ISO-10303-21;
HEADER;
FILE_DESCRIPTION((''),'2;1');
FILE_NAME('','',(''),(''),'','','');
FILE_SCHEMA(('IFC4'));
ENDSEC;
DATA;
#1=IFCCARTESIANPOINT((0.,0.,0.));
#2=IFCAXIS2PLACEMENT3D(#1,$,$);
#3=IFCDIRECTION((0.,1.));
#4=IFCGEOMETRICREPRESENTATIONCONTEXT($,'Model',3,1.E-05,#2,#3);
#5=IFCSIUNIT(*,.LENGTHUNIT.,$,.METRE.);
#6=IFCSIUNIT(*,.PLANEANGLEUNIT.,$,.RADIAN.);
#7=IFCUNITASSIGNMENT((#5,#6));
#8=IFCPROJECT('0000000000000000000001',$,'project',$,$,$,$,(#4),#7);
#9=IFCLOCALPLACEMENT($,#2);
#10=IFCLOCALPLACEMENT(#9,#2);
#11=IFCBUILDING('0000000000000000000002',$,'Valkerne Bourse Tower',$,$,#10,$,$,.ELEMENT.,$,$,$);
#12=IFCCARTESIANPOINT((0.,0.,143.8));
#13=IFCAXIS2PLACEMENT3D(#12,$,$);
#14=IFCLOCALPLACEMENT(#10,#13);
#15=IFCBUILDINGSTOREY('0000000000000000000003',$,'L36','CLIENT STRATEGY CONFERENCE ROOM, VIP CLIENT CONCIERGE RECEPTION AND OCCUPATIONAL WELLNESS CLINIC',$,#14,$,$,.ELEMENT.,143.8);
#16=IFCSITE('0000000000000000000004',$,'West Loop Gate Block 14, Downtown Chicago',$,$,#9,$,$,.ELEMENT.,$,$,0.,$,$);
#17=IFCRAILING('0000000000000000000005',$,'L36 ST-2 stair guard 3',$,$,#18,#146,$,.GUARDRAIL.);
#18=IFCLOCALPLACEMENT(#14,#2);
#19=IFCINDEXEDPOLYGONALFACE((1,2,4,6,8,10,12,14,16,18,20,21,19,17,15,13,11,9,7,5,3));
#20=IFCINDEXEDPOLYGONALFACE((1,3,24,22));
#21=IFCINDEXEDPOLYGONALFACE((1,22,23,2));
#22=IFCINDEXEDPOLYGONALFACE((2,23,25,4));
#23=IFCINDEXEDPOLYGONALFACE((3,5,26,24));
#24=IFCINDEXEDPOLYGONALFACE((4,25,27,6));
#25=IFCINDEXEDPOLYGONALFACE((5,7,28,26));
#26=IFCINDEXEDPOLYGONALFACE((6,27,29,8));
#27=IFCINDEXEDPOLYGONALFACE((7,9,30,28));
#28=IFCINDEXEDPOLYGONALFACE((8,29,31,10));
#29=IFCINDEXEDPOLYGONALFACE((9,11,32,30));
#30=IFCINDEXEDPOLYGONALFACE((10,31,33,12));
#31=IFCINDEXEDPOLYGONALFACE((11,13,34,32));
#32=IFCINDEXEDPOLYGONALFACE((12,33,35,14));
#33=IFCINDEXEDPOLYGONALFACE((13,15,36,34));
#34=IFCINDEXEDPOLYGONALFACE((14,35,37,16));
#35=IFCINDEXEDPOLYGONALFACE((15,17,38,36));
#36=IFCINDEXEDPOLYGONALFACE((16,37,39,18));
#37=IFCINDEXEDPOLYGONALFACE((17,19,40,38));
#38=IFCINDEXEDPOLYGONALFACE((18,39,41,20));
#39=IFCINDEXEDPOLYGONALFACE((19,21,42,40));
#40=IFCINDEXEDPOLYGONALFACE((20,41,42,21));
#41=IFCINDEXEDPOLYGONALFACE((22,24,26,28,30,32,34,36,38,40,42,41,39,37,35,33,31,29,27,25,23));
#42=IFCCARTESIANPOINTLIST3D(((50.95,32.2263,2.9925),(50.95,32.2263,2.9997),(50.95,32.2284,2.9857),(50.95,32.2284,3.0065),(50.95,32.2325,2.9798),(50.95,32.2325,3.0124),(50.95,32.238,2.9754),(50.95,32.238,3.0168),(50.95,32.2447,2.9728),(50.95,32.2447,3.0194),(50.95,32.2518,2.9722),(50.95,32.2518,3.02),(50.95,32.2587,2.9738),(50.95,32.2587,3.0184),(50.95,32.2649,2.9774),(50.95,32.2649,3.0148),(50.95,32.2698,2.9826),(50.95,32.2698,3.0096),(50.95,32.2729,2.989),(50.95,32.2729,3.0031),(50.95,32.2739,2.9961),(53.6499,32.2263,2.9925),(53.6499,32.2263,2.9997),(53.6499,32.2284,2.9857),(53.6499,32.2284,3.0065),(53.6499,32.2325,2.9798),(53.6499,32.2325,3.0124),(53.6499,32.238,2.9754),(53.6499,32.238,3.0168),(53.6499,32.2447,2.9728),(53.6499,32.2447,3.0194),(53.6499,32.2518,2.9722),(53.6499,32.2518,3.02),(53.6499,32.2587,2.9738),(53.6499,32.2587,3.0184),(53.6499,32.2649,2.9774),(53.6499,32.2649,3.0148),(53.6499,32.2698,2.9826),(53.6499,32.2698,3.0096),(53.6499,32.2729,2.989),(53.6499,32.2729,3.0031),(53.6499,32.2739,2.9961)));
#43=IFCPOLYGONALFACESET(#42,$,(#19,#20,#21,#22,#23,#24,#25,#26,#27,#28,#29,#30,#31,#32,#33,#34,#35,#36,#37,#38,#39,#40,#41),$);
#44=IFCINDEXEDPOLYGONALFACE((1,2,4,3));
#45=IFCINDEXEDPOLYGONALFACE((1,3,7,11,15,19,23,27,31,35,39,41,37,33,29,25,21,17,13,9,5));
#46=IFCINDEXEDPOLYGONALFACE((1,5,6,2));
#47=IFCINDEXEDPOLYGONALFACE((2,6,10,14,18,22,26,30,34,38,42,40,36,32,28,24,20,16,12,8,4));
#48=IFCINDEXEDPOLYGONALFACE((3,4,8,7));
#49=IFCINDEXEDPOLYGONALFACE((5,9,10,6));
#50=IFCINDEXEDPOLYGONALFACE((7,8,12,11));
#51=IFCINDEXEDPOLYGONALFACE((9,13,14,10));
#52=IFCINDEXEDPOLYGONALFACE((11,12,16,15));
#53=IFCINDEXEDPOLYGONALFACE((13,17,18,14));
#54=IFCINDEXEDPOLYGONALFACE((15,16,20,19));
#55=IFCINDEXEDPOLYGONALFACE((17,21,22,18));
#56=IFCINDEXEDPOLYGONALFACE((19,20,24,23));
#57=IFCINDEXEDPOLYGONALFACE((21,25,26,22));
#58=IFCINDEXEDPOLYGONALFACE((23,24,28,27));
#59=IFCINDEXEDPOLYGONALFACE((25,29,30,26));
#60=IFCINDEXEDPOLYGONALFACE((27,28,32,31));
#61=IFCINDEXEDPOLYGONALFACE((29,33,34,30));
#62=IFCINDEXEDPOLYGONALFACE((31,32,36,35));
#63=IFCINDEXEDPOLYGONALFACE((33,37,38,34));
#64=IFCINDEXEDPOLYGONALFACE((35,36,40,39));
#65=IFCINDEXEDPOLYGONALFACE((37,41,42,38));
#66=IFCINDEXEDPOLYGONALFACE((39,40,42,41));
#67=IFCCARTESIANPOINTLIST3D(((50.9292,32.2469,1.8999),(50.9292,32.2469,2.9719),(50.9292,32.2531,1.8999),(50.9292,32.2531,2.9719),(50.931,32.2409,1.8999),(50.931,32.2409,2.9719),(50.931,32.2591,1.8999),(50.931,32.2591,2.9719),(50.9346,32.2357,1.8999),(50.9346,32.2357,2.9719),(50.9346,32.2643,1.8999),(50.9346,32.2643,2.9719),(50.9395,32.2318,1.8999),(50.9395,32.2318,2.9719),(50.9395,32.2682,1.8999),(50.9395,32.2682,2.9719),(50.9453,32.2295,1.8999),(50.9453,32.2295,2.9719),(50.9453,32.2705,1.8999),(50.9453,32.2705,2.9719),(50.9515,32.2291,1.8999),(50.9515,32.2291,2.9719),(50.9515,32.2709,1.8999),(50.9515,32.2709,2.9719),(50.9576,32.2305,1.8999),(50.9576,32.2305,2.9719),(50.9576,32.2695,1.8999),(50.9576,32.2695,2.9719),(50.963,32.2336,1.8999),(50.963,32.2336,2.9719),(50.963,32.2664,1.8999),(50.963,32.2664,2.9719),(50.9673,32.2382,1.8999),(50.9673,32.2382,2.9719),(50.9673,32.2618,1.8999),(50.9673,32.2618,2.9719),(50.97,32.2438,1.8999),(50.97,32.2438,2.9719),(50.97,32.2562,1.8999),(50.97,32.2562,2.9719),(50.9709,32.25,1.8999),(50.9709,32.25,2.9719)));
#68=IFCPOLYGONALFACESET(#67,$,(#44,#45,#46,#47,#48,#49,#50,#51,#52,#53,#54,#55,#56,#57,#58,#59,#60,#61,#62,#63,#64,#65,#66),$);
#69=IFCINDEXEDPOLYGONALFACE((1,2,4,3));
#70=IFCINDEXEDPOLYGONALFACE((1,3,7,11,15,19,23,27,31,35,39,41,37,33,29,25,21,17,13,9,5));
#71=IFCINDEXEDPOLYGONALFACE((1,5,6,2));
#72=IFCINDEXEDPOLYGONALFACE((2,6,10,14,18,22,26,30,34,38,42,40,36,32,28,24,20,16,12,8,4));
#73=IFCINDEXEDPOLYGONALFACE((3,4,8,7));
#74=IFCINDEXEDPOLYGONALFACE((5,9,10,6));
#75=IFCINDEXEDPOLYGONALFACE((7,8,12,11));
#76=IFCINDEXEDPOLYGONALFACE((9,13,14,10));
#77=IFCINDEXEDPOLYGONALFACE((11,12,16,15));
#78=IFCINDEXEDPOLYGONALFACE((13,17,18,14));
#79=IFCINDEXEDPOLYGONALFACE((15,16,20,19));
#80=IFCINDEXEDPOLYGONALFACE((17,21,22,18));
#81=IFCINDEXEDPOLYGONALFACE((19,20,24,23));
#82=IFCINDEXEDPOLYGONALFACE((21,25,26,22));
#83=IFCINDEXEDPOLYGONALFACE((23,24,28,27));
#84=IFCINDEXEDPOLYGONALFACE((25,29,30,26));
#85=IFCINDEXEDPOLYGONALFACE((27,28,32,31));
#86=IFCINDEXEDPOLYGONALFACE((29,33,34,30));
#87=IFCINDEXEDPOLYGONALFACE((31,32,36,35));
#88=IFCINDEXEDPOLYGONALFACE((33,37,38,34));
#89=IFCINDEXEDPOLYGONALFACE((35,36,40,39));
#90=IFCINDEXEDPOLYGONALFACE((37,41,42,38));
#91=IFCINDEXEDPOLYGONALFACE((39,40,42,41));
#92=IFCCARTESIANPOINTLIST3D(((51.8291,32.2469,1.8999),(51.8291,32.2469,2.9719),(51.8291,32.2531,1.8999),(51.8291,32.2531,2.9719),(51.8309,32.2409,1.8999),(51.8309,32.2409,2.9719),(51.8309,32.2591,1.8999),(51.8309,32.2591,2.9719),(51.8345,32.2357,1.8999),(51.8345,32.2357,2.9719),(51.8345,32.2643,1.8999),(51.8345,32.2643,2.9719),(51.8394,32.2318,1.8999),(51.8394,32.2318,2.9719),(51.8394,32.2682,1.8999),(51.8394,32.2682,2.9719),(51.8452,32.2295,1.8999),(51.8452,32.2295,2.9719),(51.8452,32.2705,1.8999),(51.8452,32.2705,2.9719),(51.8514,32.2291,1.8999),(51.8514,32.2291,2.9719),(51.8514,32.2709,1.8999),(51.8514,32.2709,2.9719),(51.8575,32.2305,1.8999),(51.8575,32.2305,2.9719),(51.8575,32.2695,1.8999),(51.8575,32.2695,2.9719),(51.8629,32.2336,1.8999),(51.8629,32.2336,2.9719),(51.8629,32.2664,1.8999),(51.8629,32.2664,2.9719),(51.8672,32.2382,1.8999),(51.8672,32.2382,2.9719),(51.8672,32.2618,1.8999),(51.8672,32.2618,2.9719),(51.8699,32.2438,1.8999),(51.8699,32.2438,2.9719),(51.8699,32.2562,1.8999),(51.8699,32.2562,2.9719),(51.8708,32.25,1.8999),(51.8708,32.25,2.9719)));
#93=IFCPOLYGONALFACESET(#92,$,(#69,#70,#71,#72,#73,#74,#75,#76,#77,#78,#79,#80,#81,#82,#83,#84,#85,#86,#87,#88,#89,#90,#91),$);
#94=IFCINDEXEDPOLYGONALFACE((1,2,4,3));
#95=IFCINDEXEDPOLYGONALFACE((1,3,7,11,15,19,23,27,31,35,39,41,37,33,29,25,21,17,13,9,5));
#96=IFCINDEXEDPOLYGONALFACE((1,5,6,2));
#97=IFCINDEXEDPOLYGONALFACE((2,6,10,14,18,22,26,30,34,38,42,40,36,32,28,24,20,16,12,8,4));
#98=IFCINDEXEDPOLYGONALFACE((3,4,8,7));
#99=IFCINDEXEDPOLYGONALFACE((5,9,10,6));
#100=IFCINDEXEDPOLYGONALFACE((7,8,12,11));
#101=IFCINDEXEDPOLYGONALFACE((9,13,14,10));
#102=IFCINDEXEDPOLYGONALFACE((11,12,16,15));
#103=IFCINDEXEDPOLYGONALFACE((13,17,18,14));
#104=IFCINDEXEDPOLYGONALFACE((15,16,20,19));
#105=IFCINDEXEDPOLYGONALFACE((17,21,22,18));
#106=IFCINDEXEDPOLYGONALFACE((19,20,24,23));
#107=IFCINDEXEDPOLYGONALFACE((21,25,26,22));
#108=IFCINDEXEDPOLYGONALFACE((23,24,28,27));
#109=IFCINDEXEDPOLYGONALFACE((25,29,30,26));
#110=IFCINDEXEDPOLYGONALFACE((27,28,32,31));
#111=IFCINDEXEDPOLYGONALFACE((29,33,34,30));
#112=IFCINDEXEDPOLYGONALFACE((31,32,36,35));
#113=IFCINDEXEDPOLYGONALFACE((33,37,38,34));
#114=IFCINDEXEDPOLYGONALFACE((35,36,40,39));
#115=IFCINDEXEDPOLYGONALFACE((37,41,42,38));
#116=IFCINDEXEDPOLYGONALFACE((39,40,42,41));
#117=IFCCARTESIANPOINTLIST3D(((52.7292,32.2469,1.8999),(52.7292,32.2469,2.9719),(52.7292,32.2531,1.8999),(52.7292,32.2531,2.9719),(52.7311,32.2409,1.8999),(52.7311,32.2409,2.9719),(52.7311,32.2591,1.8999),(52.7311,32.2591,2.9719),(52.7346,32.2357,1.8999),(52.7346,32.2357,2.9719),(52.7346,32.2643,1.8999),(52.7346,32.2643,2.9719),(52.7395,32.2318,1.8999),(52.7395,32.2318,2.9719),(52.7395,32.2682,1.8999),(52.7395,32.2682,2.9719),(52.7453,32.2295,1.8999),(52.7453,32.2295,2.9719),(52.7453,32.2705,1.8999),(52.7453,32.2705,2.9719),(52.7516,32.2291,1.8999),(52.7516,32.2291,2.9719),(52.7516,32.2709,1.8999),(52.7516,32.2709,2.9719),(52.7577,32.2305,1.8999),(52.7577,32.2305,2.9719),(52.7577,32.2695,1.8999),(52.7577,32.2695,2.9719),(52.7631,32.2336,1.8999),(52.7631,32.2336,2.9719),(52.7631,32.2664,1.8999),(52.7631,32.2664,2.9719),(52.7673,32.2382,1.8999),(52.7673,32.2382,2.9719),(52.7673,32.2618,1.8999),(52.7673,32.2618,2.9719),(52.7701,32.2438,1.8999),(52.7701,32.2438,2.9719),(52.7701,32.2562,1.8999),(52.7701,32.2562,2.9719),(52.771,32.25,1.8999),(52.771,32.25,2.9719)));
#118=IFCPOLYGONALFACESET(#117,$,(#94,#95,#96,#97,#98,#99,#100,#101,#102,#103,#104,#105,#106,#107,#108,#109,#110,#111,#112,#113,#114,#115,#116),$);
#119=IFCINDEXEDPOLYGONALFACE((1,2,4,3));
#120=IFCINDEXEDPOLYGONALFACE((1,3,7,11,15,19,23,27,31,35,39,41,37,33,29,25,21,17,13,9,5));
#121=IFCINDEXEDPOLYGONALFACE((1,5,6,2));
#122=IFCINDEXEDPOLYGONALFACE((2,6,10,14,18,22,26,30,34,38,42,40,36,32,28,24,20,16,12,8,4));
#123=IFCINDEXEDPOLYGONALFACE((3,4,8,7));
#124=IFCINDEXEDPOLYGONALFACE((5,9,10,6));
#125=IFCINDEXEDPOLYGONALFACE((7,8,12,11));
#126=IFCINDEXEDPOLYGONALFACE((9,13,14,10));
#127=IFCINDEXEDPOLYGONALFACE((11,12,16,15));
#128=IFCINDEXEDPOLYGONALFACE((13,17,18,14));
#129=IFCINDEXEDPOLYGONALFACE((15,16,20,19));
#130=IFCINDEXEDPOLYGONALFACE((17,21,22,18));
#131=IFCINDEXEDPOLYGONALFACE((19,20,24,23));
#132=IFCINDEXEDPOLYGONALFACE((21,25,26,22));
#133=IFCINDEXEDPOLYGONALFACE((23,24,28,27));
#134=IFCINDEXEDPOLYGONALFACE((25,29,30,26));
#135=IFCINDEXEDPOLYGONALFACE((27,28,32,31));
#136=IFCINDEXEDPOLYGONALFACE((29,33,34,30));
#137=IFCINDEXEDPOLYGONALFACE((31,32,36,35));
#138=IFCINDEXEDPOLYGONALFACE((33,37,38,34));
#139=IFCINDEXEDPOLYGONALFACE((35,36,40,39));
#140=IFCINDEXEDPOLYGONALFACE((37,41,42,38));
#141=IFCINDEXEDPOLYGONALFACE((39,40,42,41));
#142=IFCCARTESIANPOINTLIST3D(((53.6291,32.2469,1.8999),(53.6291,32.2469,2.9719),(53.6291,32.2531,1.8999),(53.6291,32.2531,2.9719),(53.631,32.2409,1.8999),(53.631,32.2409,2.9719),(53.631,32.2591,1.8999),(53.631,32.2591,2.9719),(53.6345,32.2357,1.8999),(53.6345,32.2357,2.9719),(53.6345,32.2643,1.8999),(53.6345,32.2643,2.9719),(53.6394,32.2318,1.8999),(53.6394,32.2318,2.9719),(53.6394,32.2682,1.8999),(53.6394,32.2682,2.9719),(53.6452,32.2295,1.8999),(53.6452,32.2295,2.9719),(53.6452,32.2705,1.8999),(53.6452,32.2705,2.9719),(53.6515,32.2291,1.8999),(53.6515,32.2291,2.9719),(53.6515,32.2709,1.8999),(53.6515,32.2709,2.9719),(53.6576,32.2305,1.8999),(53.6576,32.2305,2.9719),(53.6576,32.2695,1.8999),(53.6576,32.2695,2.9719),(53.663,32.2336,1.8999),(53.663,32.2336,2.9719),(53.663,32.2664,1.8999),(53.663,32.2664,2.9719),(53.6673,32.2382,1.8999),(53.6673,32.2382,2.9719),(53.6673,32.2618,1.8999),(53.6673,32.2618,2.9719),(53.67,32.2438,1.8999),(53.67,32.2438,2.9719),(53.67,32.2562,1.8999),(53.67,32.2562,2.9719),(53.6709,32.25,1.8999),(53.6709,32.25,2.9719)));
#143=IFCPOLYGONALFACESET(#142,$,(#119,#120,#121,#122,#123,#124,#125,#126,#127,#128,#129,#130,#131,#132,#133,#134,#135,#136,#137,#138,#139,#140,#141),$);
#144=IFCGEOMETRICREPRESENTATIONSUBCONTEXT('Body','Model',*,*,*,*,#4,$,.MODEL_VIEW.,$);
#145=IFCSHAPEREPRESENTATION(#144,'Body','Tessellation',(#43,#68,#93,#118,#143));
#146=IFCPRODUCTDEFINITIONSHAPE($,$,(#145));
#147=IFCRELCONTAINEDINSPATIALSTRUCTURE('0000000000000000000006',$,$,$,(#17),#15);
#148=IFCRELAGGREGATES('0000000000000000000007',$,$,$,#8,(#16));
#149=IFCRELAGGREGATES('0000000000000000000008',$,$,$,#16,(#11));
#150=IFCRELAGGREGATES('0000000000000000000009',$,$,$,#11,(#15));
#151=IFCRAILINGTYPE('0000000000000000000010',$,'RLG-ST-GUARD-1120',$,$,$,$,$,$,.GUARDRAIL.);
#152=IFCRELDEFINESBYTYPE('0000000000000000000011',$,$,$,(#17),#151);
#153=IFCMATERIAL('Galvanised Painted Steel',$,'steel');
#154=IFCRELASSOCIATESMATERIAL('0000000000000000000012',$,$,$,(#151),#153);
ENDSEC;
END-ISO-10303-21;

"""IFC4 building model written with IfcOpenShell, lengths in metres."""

from ifc_helpers import new_model, si_unit, direction, frame, origin, origin_2d, place, context, subcontext, project, spatial, circle, extrude, material, type_object, element, save


model = new_model("IFC4")

# Units and contexts
model_context = context("Model", 3, precision=1e-05, world=origin(), true_north=direction((0.0, 1.0)))
body_context = subcontext(model_context, "Body", "Model", "MODEL_VIEW")
ifc_project = project(units=[si_unit("LENGTHUNIT", "METRE"), si_unit("PLANEANGLEUNIT", "RADIAN")], contexts=[model_context])

# Site, building, storey
site_placement = place(None, origin())
site = spatial("IfcSite", under=ifc_project, at=site_placement, Name="West Loop Gate Block 14, Downtown Chicago", CompositionType="ELEMENT", RefElevation=0.0)
building_placement = place(site_placement, origin())
building = spatial("IfcBuilding", under=site, at=building_placement, Name="Valkerne Bourse Tower", CompositionType="ELEMENT")
storey_placement = place(building_placement, frame((0.0, 0.0, 143.8)))
storey = spatial("IfcBuildingStorey", under=building, at=storey_placement, Name="L36", Description="CLIENT STRATEGY CONFERENCE ROOM, VIP CLIENT CONCIERGE RECEPTION AND OCCUPATIONAL WELLNESS CLINIC", CompositionType="ELEMENT", Elevation=143.8)

# Shared definitions
ifc_material_1 = material(Name="Galvanised Painted Steel", Category="steel")

# Railing
railing_type_1 = type_object("IfcRailingType", Name="RLG-ST-GUARD-1120", PredefinedType="GUARDRAIL", material=ifc_material_1)
for number, where, name in (
    (1, (50.95, 32.25, 1.8999), "L36 ST-2 stair guard 3"),
):
    element("IfcRailing", number, at=place(storey_placement, frame(where)), inside=storey, type_object=railing_type_1, Name=name, PredefinedType="GUARDRAIL", context=body_context, shape_type="SweptSolid", body=[
        extrude(circle(Radius=0.0239, at=origin_2d()), frame((0.0, 0.0, 1.0962), z_axis=(1.0, 0.0, 0.0), x_axis=(0.0, 1.0, 0.0)), (0.0, 0.0, 1.0), 2.7),
        extrude(circle(Radius=0.021, at=origin_2d()), origin(), (0.0, 0.0, 1.0), 1.072),
        extrude(circle(Radius=0.021, at=origin_2d()), frame((0.8999, 0.0, 0.0)), (0.0, 0.0, 1.0), 1.072),
        extrude(circle(Radius=0.021, at=origin_2d()), frame((1.8, 0.0, 0.0)), (0.0, 0.0, 1.0), 1.072),
        extrude(circle(Radius=0.021, at=origin_2d()), frame((2.7, 0.0, 0.0)), (0.0, 0.0, 1.0), 1.072),
    ])

save(model, "model.ifc")
